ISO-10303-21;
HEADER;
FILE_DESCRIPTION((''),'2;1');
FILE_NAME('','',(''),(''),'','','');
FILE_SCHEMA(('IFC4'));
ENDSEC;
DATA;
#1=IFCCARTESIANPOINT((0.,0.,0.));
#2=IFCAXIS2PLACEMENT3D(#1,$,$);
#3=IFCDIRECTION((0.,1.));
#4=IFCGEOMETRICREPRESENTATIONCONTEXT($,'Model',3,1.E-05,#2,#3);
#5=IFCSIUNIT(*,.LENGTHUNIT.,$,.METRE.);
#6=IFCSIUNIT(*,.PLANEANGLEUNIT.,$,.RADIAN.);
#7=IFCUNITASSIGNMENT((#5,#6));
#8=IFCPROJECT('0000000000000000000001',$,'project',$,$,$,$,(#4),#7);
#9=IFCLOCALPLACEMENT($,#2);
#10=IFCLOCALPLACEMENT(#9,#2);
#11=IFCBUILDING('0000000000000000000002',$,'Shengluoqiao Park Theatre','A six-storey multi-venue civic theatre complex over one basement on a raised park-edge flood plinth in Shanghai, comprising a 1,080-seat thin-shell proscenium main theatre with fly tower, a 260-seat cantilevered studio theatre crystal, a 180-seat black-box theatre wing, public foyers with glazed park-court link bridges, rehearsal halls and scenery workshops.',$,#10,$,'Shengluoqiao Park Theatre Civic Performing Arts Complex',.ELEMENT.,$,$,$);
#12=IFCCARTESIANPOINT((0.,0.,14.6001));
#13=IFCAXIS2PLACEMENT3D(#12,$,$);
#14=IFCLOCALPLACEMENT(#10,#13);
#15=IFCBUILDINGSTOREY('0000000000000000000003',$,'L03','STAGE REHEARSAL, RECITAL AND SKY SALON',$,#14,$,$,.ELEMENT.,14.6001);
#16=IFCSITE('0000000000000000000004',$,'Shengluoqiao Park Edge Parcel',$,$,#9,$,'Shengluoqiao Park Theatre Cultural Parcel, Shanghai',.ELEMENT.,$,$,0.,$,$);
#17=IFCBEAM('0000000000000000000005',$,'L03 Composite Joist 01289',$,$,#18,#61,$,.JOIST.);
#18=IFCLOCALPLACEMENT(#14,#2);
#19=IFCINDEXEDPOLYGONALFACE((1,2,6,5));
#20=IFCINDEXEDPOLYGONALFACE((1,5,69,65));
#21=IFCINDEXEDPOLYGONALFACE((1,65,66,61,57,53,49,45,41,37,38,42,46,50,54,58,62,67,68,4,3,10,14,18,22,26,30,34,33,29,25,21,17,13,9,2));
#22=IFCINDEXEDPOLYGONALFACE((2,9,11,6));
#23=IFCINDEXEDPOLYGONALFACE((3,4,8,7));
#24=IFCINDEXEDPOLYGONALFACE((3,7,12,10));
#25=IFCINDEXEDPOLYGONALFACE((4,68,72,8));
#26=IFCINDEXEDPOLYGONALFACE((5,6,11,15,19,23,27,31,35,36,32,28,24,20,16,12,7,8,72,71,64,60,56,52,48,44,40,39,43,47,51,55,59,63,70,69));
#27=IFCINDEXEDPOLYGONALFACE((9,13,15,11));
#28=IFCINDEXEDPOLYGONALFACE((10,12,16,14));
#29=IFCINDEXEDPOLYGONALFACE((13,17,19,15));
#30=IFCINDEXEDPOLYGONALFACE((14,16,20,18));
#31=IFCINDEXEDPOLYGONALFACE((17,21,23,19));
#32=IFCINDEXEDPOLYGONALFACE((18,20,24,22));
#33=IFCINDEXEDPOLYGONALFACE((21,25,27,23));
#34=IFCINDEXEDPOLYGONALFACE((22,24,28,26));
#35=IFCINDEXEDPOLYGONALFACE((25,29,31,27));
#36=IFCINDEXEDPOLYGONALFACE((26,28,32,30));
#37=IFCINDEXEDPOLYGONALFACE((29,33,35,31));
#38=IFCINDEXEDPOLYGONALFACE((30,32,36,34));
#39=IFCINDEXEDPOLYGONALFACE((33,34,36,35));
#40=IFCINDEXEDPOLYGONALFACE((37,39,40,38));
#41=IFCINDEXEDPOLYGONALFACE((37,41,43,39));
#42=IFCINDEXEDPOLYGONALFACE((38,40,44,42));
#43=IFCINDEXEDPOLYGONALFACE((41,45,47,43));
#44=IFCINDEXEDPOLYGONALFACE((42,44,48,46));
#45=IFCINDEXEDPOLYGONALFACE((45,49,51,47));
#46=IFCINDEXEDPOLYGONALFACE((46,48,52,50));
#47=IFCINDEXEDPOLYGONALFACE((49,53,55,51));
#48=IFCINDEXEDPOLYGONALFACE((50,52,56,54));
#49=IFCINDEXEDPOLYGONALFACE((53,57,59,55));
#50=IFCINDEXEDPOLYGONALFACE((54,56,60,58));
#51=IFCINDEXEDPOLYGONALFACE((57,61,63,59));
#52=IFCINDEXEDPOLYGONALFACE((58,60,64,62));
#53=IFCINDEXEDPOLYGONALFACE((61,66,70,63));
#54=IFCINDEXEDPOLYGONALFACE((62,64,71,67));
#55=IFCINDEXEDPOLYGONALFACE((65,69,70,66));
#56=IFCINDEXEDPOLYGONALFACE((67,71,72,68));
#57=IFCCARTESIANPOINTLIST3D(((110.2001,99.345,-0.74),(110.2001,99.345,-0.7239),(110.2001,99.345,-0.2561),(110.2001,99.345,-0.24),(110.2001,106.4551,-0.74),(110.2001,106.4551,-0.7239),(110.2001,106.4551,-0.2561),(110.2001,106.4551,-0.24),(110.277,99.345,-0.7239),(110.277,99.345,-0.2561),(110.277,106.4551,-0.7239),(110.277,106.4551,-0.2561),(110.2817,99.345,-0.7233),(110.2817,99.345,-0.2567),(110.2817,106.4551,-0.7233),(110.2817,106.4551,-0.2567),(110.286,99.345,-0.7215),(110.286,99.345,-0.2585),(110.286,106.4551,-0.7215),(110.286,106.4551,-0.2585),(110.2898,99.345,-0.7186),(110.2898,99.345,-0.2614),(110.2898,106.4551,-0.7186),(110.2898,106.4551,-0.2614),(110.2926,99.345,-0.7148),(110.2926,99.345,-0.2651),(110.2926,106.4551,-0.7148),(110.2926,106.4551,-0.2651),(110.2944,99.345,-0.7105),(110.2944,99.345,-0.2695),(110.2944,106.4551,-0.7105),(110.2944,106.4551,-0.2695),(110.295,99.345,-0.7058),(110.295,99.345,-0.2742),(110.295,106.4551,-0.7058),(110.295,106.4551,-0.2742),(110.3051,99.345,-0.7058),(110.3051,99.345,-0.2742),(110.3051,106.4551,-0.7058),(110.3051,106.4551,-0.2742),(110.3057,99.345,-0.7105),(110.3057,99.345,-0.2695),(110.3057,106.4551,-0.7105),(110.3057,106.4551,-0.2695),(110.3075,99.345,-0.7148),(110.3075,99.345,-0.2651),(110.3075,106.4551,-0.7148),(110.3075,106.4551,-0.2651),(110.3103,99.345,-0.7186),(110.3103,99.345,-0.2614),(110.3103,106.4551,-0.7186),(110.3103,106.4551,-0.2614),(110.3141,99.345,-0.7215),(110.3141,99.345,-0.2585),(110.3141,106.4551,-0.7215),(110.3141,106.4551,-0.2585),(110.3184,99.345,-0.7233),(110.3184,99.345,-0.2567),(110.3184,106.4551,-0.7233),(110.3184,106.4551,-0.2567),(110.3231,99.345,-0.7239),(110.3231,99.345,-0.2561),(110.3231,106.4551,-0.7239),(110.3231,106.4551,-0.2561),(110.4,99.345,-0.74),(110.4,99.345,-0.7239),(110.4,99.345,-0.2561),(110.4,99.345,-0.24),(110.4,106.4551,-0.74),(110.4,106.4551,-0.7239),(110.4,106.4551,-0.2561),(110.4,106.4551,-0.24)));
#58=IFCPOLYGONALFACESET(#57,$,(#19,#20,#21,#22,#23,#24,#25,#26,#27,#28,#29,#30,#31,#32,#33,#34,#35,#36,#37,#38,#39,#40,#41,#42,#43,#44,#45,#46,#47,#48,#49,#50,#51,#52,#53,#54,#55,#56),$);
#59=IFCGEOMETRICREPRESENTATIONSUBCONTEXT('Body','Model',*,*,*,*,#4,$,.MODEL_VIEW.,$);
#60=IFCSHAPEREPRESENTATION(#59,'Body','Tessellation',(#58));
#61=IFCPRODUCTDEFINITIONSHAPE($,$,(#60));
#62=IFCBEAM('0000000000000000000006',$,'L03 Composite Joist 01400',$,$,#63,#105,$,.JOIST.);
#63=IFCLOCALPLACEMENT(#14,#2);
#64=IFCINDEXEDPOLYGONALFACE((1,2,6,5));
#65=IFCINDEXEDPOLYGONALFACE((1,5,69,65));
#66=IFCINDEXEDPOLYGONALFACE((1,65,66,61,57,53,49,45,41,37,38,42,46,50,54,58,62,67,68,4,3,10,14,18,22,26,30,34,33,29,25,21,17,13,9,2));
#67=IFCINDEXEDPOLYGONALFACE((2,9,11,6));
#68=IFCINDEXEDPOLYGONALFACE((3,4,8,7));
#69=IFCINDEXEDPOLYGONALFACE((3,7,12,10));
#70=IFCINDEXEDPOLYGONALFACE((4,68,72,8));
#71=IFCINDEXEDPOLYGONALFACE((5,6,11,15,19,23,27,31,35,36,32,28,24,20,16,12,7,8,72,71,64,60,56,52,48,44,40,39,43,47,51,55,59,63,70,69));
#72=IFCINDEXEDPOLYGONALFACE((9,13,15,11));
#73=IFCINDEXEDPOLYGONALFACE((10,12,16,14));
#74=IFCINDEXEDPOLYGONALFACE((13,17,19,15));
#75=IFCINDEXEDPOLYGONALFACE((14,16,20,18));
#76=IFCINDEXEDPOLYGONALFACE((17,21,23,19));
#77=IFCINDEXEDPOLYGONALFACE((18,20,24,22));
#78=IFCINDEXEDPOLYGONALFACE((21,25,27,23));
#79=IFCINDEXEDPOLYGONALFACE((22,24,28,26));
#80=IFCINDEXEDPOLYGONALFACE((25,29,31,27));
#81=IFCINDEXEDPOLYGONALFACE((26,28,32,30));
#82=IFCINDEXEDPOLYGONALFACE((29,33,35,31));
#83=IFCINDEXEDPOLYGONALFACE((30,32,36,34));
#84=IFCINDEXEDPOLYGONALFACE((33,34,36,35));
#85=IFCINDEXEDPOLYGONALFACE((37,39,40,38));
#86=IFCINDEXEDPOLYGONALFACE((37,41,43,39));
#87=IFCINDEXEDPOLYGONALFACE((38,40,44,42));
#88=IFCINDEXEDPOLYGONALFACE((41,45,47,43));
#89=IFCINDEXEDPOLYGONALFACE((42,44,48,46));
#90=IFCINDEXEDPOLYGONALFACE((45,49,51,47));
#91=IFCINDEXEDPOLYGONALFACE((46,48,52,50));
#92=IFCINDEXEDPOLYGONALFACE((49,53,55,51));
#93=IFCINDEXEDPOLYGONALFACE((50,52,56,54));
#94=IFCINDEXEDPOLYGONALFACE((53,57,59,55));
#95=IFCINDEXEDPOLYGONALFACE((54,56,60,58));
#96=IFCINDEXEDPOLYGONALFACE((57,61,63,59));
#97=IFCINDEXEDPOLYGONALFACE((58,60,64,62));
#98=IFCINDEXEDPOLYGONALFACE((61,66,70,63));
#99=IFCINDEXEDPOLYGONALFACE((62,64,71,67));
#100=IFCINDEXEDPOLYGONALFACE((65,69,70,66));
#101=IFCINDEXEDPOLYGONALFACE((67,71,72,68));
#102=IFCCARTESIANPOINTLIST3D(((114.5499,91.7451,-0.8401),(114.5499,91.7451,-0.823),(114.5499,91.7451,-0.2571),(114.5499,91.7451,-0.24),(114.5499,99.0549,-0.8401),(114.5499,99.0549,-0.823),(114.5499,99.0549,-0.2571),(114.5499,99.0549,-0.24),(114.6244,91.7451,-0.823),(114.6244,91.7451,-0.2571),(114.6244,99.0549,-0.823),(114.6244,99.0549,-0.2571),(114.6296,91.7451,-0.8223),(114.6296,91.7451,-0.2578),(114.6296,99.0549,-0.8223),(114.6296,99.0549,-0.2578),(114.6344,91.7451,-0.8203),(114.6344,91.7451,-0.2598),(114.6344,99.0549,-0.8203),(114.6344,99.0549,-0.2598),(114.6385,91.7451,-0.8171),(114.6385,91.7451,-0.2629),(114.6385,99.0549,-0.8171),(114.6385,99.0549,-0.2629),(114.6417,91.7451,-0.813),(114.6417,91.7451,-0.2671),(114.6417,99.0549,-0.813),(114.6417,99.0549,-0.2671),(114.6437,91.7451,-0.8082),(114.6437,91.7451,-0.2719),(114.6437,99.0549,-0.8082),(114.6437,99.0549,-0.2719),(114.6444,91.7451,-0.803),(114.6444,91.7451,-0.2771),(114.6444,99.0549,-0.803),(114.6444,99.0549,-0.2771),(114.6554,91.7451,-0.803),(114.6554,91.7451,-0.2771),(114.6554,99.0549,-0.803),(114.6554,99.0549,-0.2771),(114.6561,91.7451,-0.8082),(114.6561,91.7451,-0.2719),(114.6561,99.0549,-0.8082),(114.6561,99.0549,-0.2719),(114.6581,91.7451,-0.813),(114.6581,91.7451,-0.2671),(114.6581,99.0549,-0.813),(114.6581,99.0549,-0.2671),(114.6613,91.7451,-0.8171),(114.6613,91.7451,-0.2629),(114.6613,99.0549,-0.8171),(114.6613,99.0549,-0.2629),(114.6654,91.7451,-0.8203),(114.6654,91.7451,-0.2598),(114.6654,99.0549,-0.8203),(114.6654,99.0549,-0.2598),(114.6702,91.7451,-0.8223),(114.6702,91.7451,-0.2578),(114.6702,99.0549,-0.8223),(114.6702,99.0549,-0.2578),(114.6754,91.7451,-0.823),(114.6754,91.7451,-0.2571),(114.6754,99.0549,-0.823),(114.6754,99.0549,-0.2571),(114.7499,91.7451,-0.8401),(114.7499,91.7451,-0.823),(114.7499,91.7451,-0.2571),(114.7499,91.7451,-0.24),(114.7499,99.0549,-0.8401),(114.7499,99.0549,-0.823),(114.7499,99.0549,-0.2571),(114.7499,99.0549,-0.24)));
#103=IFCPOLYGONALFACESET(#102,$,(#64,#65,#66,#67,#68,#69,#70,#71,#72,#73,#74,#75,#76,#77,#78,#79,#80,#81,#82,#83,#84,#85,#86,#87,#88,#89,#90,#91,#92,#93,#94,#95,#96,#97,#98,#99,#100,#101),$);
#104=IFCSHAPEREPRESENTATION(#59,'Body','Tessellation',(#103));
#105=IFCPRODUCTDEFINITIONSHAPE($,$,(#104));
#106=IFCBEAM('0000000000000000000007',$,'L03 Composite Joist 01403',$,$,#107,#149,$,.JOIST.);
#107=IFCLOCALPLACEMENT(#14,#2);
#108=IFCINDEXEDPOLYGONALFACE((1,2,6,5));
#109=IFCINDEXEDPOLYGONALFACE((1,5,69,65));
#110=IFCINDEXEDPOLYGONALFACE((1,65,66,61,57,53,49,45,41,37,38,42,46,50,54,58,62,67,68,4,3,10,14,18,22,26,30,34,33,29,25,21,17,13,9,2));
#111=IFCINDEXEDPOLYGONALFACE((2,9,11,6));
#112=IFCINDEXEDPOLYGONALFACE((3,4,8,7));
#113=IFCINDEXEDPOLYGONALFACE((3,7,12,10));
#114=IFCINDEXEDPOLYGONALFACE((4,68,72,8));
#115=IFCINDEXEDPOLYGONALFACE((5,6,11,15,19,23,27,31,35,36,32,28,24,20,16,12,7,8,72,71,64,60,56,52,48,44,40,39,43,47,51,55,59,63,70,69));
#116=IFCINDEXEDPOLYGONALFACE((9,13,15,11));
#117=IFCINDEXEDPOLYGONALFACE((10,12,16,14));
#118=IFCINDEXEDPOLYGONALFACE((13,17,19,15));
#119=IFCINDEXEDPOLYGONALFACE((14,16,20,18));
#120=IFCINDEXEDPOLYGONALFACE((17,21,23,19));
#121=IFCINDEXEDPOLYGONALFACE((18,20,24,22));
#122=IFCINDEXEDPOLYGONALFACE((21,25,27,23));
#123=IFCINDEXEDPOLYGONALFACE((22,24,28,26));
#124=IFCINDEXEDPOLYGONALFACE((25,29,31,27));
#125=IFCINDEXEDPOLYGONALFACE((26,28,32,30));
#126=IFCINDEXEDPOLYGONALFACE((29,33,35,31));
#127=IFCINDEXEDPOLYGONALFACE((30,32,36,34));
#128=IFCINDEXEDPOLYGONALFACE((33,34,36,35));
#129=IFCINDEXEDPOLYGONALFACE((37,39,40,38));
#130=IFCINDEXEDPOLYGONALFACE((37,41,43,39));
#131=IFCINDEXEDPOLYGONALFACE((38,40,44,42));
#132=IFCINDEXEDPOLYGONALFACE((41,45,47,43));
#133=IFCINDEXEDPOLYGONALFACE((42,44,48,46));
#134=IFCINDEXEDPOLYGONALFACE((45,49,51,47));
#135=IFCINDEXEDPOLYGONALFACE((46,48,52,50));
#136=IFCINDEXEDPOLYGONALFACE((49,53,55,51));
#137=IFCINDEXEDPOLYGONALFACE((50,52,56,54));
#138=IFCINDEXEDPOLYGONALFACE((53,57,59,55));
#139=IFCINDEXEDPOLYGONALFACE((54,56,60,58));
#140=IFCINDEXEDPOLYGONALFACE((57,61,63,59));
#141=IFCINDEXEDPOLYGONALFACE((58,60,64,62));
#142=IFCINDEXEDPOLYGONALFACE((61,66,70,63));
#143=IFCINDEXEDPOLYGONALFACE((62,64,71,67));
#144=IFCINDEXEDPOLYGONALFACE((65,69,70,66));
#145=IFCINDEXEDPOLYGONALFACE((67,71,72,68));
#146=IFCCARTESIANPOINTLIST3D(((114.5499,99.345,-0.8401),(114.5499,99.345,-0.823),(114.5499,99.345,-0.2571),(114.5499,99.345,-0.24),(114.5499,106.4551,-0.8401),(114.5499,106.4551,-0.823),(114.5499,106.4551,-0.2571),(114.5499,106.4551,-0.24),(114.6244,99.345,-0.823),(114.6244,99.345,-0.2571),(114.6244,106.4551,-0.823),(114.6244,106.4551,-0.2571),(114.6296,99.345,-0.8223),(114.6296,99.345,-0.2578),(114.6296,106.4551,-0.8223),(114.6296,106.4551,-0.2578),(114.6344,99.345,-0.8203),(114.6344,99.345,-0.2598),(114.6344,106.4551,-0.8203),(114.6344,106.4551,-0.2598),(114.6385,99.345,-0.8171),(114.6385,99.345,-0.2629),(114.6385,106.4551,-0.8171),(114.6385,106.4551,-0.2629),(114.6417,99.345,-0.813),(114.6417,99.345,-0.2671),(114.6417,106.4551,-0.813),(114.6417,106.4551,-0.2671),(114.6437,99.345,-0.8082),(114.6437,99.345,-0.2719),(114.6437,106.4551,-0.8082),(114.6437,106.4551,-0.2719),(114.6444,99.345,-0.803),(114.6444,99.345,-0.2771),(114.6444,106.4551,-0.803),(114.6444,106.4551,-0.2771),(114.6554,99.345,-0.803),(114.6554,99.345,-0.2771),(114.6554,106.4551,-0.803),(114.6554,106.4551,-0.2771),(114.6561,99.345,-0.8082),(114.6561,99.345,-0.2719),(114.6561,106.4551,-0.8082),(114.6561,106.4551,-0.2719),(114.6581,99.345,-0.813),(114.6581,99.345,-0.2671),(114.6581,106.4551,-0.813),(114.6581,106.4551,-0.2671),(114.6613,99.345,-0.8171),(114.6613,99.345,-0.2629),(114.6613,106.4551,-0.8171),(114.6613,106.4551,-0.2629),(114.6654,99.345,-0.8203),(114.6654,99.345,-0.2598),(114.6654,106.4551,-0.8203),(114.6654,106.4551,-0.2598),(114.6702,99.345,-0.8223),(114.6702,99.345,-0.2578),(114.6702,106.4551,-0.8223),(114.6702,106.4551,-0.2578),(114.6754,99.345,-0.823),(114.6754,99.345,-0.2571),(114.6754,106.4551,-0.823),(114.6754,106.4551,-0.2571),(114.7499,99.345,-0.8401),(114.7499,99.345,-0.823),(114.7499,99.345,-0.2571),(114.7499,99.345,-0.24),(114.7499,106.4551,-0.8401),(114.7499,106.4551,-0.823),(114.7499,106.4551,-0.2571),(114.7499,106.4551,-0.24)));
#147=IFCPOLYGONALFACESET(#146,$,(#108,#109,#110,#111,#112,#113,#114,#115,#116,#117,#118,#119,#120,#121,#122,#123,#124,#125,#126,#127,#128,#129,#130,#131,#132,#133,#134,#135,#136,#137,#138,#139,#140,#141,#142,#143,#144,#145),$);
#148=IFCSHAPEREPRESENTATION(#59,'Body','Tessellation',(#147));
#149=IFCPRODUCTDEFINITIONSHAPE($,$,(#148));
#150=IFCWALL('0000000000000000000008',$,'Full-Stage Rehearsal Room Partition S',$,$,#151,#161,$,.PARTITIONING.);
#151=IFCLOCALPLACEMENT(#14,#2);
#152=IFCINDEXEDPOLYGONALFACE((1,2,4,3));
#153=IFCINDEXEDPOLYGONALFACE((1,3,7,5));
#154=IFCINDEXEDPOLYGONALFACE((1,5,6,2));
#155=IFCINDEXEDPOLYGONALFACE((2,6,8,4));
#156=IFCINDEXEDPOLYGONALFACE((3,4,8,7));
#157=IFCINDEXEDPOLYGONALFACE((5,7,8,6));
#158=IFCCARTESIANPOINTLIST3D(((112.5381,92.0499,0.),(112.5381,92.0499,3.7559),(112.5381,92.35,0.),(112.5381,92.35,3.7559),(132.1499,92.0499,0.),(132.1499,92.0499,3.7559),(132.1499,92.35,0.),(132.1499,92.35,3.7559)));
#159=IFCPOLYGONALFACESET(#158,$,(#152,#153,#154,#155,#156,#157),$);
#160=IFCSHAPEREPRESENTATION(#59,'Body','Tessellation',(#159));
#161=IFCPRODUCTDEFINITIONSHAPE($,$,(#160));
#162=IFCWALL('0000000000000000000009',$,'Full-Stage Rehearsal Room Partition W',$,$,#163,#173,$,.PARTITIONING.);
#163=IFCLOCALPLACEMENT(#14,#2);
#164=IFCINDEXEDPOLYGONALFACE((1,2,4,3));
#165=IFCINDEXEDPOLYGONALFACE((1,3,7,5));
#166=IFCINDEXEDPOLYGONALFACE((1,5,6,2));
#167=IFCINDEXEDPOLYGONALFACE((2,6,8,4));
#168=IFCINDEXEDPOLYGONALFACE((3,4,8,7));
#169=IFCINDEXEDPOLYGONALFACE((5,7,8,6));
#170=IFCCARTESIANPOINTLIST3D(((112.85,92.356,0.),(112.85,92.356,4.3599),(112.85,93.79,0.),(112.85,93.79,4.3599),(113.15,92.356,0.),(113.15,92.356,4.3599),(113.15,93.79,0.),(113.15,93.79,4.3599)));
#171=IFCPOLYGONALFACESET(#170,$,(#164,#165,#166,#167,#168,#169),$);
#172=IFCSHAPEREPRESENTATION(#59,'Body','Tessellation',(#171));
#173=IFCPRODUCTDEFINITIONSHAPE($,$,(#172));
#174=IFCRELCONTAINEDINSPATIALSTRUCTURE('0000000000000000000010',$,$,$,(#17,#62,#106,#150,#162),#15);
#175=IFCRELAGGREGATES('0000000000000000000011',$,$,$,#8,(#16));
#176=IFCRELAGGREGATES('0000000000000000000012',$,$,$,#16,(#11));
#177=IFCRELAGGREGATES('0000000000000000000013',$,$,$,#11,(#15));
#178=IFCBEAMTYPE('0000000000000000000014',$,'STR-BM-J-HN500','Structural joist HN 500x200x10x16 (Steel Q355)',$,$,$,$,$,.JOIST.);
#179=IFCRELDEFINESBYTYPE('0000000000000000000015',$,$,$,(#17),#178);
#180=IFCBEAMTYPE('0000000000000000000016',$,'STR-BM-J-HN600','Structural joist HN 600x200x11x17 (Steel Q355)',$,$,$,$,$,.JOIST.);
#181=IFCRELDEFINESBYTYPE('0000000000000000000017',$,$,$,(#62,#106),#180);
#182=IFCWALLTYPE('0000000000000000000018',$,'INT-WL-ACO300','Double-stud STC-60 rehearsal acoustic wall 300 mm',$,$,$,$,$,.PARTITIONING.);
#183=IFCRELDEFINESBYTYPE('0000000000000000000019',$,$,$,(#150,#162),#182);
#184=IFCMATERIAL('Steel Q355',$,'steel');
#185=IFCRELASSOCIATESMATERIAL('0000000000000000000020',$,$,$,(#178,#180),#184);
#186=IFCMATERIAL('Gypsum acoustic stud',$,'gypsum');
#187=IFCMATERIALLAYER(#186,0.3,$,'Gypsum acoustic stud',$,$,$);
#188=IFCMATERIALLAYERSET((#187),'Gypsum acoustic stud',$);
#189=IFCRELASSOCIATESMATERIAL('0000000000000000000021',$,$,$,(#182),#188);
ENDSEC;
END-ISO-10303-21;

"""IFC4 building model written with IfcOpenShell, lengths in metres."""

from ifc_helpers import new_model, si_unit, direction, frame, frame_2d, origin, origin_2d, place, context, subcontext, project, spatial, rectangle, i_section, extrude, material, layer, layer_set, material_profile, profile_set, type_object, element, save


model = new_model("IFC4")

# Units and contexts
model_context = context("Model", 3, precision=1e-05, world=origin(), true_north=direction((0.0, 1.0)))
body_context = subcontext(model_context, "Body", "Model", "MODEL_VIEW")
ifc_project = project(units=[si_unit("LENGTHUNIT", "METRE"), si_unit("PLANEANGLEUNIT", "RADIAN")], contexts=[model_context])

# Site, building, storey
site_placement = place(None, origin())
site = spatial("IfcSite", under=ifc_project, at=site_placement, Name="Shengluoqiao Park Edge Parcel", LongName="Shengluoqiao Park Theatre Cultural Parcel, Shanghai", CompositionType="ELEMENT", RefElevation=0.0)
building_placement = place(site_placement, origin())
building = spatial("IfcBuilding", under=site, at=building_placement, Name="Shengluoqiao Park Theatre", Description="A six-storey multi-venue civic theatre complex over one basement on a raised park-edge flood plinth in Shanghai, comprising a 1,080-seat thin-shell proscenium main theatre with fly tower, a 260-seat cantilevered studio theatre crystal, a 180-seat black-box theatre wing, public foyers with glazed park-court link bridges, rehearsal halls and scenery workshops.", LongName="Shengluoqiao Park Theatre Civic Performing Arts Complex", CompositionType="ELEMENT")
storey_placement = place(building_placement, frame((0.0, 0.0, 14.6001)))
storey = spatial("IfcBuildingStorey", under=building, at=storey_placement, Name="L03", Description="STAGE REHEARSAL, RECITAL AND SKY SALON", CompositionType="ELEMENT", Elevation=14.6001)

# Beams
ifc_material_1 = material(Name="Steel Q355", Category="steel")
ifc_material_profile_1 = material_profile(ifc_material_1, i_section(OverallWidth=0.2, OverallDepth=0.5, WebThickness=0.01, FlangeThickness=0.0161, FilletRadius=0.0181, at=origin_2d()), Name="HN 500x200x10x16")
ifc_profile_set_1 = profile_set([ifc_material_profile_1], Name="Steel Q355")
beam_type_1 = type_object("IfcBeamType", Name="STR-BM-J-HN500", Description="Structural joist HN 500x200x10x16 (Steel Q355)", PredefinedType="JOIST", material=ifc_profile_set_1)
for number, where, z_axis, x_axis, name in (
    (1, (110.3, 99.345, -0.49), (0.0, 1.0, 0.0), (-1.0, 0.0, 0.0), "L03 Composite Joist 01289"),
):
    element("IfcBeam", number, at=place(storey_placement, frame(where, z_axis=z_axis, x_axis=x_axis)), inside=storey, type_object=beam_type_1, Name=name, PredefinedType="JOIST", context=body_context, shape_type="SweptSolid", body=[
        extrude(i_section(OverallWidth=0.2, OverallDepth=0.5, WebThickness=0.01, FlangeThickness=0.0161, FilletRadius=0.0181, at=origin_2d()), origin(), (0.0, 0.0, 1.0), 7.1101),
    ])
ifc_material_profile_2 = material_profile(ifc_material_1, i_section(OverallWidth=0.2, OverallDepth=0.6001, WebThickness=0.011, FlangeThickness=0.0171, FilletRadius=0.02, at=origin_2d()), Name="HN 600x200x11x17")
ifc_profile_set_2 = profile_set([ifc_material_profile_2], Name="Steel Q355")
beam_type_2 = type_object("IfcBeamType", Name="STR-BM-J-HN600", Description="Structural joist HN 600x200x11x17 (Steel Q355)", PredefinedType="JOIST", material=ifc_profile_set_2)
beam_1_placement = place(storey_placement, frame((114.6499, 91.7451, -0.54), z_axis=(0.0, 1.0, 0.0), x_axis=(-1.0, 0.0, 0.0)))
element("IfcBeam", 2, at=beam_1_placement, inside=storey, type_object=beam_type_2, Name="L03 Composite Joist 01400", PredefinedType="JOIST", context=body_context, shape_type="SweptSolid", body=[
    extrude(i_section(OverallWidth=0.2, OverallDepth=0.6001, WebThickness=0.011, FlangeThickness=0.0171, FilletRadius=0.02, at=origin_2d()), origin(), (0.0, 0.0, 1.0), 7.3098),
])
beam_2_placement = place(storey_placement, frame((114.6499, 99.345, -0.54), z_axis=(0.0, 1.0, 0.0), x_axis=(-1.0, 0.0, 0.0)))
element("IfcBeam", 3, at=beam_2_placement, inside=storey, type_object=beam_type_2, Name="L03 Composite Joist 01403", PredefinedType="JOIST", context=body_context, shape_type="SweptSolid", body=[
    extrude(i_section(OverallWidth=0.2, OverallDepth=0.6001, WebThickness=0.011, FlangeThickness=0.0171, FilletRadius=0.02, at=origin_2d()), origin(), (0.0, 0.0, 1.0), 7.1101),
])

# Walls
ifc_material_2 = material(Name="Gypsum acoustic stud", Category="gypsum")
ifc_layer_1 = layer(ifc_material_2, 0.3, Name="Gypsum acoustic stud")
ifc_layer_set_1 = layer_set([ifc_layer_1], Name="Gypsum acoustic stud")
wall_type_1 = type_object("IfcWallType", Name="INT-WL-ACO300", Description="Double-stud STC-60 rehearsal acoustic wall 300 mm", PredefinedType="PARTITIONING", material=ifc_layer_set_1)
wall_1_placement = place(storey_placement, frame((112.5381, 92.2, 0.0), z_axis=(0.0, 0.0, 1.0), x_axis=(1.0, 0.0, 0.0)))
element("IfcWall", 4, at=wall_1_placement, inside=storey, type_object=wall_type_1, Name="Full-Stage Rehearsal Room Partition S", PredefinedType="PARTITIONING", context=body_context, shape_type="SweptSolid", body=[
    extrude(rectangle(XDim=19.6118, YDim=0.3, at=frame_2d((9.8059, 0.0))), origin(), (0.0, 0.0, 1.0), 3.7559),
])
wall_2_placement = place(storey_placement, frame((113.0, 92.356, 0.0), z_axis=(0.0, 0.0, 1.0), x_axis=(0.0, 1.0, 0.0)))
element("IfcWall", 5, at=wall_2_placement, inside=storey, type_object=wall_type_1, Name="Full-Stage Rehearsal Room Partition W", PredefinedType="PARTITIONING", context=body_context, shape_type="SweptSolid", body=[
    extrude(rectangle(XDim=1.4341, YDim=0.3, at=frame_2d((0.717, 0.0))), origin(), (0.0, 0.0, 1.0), 4.3599),
])

save(model, "model.ifc")
